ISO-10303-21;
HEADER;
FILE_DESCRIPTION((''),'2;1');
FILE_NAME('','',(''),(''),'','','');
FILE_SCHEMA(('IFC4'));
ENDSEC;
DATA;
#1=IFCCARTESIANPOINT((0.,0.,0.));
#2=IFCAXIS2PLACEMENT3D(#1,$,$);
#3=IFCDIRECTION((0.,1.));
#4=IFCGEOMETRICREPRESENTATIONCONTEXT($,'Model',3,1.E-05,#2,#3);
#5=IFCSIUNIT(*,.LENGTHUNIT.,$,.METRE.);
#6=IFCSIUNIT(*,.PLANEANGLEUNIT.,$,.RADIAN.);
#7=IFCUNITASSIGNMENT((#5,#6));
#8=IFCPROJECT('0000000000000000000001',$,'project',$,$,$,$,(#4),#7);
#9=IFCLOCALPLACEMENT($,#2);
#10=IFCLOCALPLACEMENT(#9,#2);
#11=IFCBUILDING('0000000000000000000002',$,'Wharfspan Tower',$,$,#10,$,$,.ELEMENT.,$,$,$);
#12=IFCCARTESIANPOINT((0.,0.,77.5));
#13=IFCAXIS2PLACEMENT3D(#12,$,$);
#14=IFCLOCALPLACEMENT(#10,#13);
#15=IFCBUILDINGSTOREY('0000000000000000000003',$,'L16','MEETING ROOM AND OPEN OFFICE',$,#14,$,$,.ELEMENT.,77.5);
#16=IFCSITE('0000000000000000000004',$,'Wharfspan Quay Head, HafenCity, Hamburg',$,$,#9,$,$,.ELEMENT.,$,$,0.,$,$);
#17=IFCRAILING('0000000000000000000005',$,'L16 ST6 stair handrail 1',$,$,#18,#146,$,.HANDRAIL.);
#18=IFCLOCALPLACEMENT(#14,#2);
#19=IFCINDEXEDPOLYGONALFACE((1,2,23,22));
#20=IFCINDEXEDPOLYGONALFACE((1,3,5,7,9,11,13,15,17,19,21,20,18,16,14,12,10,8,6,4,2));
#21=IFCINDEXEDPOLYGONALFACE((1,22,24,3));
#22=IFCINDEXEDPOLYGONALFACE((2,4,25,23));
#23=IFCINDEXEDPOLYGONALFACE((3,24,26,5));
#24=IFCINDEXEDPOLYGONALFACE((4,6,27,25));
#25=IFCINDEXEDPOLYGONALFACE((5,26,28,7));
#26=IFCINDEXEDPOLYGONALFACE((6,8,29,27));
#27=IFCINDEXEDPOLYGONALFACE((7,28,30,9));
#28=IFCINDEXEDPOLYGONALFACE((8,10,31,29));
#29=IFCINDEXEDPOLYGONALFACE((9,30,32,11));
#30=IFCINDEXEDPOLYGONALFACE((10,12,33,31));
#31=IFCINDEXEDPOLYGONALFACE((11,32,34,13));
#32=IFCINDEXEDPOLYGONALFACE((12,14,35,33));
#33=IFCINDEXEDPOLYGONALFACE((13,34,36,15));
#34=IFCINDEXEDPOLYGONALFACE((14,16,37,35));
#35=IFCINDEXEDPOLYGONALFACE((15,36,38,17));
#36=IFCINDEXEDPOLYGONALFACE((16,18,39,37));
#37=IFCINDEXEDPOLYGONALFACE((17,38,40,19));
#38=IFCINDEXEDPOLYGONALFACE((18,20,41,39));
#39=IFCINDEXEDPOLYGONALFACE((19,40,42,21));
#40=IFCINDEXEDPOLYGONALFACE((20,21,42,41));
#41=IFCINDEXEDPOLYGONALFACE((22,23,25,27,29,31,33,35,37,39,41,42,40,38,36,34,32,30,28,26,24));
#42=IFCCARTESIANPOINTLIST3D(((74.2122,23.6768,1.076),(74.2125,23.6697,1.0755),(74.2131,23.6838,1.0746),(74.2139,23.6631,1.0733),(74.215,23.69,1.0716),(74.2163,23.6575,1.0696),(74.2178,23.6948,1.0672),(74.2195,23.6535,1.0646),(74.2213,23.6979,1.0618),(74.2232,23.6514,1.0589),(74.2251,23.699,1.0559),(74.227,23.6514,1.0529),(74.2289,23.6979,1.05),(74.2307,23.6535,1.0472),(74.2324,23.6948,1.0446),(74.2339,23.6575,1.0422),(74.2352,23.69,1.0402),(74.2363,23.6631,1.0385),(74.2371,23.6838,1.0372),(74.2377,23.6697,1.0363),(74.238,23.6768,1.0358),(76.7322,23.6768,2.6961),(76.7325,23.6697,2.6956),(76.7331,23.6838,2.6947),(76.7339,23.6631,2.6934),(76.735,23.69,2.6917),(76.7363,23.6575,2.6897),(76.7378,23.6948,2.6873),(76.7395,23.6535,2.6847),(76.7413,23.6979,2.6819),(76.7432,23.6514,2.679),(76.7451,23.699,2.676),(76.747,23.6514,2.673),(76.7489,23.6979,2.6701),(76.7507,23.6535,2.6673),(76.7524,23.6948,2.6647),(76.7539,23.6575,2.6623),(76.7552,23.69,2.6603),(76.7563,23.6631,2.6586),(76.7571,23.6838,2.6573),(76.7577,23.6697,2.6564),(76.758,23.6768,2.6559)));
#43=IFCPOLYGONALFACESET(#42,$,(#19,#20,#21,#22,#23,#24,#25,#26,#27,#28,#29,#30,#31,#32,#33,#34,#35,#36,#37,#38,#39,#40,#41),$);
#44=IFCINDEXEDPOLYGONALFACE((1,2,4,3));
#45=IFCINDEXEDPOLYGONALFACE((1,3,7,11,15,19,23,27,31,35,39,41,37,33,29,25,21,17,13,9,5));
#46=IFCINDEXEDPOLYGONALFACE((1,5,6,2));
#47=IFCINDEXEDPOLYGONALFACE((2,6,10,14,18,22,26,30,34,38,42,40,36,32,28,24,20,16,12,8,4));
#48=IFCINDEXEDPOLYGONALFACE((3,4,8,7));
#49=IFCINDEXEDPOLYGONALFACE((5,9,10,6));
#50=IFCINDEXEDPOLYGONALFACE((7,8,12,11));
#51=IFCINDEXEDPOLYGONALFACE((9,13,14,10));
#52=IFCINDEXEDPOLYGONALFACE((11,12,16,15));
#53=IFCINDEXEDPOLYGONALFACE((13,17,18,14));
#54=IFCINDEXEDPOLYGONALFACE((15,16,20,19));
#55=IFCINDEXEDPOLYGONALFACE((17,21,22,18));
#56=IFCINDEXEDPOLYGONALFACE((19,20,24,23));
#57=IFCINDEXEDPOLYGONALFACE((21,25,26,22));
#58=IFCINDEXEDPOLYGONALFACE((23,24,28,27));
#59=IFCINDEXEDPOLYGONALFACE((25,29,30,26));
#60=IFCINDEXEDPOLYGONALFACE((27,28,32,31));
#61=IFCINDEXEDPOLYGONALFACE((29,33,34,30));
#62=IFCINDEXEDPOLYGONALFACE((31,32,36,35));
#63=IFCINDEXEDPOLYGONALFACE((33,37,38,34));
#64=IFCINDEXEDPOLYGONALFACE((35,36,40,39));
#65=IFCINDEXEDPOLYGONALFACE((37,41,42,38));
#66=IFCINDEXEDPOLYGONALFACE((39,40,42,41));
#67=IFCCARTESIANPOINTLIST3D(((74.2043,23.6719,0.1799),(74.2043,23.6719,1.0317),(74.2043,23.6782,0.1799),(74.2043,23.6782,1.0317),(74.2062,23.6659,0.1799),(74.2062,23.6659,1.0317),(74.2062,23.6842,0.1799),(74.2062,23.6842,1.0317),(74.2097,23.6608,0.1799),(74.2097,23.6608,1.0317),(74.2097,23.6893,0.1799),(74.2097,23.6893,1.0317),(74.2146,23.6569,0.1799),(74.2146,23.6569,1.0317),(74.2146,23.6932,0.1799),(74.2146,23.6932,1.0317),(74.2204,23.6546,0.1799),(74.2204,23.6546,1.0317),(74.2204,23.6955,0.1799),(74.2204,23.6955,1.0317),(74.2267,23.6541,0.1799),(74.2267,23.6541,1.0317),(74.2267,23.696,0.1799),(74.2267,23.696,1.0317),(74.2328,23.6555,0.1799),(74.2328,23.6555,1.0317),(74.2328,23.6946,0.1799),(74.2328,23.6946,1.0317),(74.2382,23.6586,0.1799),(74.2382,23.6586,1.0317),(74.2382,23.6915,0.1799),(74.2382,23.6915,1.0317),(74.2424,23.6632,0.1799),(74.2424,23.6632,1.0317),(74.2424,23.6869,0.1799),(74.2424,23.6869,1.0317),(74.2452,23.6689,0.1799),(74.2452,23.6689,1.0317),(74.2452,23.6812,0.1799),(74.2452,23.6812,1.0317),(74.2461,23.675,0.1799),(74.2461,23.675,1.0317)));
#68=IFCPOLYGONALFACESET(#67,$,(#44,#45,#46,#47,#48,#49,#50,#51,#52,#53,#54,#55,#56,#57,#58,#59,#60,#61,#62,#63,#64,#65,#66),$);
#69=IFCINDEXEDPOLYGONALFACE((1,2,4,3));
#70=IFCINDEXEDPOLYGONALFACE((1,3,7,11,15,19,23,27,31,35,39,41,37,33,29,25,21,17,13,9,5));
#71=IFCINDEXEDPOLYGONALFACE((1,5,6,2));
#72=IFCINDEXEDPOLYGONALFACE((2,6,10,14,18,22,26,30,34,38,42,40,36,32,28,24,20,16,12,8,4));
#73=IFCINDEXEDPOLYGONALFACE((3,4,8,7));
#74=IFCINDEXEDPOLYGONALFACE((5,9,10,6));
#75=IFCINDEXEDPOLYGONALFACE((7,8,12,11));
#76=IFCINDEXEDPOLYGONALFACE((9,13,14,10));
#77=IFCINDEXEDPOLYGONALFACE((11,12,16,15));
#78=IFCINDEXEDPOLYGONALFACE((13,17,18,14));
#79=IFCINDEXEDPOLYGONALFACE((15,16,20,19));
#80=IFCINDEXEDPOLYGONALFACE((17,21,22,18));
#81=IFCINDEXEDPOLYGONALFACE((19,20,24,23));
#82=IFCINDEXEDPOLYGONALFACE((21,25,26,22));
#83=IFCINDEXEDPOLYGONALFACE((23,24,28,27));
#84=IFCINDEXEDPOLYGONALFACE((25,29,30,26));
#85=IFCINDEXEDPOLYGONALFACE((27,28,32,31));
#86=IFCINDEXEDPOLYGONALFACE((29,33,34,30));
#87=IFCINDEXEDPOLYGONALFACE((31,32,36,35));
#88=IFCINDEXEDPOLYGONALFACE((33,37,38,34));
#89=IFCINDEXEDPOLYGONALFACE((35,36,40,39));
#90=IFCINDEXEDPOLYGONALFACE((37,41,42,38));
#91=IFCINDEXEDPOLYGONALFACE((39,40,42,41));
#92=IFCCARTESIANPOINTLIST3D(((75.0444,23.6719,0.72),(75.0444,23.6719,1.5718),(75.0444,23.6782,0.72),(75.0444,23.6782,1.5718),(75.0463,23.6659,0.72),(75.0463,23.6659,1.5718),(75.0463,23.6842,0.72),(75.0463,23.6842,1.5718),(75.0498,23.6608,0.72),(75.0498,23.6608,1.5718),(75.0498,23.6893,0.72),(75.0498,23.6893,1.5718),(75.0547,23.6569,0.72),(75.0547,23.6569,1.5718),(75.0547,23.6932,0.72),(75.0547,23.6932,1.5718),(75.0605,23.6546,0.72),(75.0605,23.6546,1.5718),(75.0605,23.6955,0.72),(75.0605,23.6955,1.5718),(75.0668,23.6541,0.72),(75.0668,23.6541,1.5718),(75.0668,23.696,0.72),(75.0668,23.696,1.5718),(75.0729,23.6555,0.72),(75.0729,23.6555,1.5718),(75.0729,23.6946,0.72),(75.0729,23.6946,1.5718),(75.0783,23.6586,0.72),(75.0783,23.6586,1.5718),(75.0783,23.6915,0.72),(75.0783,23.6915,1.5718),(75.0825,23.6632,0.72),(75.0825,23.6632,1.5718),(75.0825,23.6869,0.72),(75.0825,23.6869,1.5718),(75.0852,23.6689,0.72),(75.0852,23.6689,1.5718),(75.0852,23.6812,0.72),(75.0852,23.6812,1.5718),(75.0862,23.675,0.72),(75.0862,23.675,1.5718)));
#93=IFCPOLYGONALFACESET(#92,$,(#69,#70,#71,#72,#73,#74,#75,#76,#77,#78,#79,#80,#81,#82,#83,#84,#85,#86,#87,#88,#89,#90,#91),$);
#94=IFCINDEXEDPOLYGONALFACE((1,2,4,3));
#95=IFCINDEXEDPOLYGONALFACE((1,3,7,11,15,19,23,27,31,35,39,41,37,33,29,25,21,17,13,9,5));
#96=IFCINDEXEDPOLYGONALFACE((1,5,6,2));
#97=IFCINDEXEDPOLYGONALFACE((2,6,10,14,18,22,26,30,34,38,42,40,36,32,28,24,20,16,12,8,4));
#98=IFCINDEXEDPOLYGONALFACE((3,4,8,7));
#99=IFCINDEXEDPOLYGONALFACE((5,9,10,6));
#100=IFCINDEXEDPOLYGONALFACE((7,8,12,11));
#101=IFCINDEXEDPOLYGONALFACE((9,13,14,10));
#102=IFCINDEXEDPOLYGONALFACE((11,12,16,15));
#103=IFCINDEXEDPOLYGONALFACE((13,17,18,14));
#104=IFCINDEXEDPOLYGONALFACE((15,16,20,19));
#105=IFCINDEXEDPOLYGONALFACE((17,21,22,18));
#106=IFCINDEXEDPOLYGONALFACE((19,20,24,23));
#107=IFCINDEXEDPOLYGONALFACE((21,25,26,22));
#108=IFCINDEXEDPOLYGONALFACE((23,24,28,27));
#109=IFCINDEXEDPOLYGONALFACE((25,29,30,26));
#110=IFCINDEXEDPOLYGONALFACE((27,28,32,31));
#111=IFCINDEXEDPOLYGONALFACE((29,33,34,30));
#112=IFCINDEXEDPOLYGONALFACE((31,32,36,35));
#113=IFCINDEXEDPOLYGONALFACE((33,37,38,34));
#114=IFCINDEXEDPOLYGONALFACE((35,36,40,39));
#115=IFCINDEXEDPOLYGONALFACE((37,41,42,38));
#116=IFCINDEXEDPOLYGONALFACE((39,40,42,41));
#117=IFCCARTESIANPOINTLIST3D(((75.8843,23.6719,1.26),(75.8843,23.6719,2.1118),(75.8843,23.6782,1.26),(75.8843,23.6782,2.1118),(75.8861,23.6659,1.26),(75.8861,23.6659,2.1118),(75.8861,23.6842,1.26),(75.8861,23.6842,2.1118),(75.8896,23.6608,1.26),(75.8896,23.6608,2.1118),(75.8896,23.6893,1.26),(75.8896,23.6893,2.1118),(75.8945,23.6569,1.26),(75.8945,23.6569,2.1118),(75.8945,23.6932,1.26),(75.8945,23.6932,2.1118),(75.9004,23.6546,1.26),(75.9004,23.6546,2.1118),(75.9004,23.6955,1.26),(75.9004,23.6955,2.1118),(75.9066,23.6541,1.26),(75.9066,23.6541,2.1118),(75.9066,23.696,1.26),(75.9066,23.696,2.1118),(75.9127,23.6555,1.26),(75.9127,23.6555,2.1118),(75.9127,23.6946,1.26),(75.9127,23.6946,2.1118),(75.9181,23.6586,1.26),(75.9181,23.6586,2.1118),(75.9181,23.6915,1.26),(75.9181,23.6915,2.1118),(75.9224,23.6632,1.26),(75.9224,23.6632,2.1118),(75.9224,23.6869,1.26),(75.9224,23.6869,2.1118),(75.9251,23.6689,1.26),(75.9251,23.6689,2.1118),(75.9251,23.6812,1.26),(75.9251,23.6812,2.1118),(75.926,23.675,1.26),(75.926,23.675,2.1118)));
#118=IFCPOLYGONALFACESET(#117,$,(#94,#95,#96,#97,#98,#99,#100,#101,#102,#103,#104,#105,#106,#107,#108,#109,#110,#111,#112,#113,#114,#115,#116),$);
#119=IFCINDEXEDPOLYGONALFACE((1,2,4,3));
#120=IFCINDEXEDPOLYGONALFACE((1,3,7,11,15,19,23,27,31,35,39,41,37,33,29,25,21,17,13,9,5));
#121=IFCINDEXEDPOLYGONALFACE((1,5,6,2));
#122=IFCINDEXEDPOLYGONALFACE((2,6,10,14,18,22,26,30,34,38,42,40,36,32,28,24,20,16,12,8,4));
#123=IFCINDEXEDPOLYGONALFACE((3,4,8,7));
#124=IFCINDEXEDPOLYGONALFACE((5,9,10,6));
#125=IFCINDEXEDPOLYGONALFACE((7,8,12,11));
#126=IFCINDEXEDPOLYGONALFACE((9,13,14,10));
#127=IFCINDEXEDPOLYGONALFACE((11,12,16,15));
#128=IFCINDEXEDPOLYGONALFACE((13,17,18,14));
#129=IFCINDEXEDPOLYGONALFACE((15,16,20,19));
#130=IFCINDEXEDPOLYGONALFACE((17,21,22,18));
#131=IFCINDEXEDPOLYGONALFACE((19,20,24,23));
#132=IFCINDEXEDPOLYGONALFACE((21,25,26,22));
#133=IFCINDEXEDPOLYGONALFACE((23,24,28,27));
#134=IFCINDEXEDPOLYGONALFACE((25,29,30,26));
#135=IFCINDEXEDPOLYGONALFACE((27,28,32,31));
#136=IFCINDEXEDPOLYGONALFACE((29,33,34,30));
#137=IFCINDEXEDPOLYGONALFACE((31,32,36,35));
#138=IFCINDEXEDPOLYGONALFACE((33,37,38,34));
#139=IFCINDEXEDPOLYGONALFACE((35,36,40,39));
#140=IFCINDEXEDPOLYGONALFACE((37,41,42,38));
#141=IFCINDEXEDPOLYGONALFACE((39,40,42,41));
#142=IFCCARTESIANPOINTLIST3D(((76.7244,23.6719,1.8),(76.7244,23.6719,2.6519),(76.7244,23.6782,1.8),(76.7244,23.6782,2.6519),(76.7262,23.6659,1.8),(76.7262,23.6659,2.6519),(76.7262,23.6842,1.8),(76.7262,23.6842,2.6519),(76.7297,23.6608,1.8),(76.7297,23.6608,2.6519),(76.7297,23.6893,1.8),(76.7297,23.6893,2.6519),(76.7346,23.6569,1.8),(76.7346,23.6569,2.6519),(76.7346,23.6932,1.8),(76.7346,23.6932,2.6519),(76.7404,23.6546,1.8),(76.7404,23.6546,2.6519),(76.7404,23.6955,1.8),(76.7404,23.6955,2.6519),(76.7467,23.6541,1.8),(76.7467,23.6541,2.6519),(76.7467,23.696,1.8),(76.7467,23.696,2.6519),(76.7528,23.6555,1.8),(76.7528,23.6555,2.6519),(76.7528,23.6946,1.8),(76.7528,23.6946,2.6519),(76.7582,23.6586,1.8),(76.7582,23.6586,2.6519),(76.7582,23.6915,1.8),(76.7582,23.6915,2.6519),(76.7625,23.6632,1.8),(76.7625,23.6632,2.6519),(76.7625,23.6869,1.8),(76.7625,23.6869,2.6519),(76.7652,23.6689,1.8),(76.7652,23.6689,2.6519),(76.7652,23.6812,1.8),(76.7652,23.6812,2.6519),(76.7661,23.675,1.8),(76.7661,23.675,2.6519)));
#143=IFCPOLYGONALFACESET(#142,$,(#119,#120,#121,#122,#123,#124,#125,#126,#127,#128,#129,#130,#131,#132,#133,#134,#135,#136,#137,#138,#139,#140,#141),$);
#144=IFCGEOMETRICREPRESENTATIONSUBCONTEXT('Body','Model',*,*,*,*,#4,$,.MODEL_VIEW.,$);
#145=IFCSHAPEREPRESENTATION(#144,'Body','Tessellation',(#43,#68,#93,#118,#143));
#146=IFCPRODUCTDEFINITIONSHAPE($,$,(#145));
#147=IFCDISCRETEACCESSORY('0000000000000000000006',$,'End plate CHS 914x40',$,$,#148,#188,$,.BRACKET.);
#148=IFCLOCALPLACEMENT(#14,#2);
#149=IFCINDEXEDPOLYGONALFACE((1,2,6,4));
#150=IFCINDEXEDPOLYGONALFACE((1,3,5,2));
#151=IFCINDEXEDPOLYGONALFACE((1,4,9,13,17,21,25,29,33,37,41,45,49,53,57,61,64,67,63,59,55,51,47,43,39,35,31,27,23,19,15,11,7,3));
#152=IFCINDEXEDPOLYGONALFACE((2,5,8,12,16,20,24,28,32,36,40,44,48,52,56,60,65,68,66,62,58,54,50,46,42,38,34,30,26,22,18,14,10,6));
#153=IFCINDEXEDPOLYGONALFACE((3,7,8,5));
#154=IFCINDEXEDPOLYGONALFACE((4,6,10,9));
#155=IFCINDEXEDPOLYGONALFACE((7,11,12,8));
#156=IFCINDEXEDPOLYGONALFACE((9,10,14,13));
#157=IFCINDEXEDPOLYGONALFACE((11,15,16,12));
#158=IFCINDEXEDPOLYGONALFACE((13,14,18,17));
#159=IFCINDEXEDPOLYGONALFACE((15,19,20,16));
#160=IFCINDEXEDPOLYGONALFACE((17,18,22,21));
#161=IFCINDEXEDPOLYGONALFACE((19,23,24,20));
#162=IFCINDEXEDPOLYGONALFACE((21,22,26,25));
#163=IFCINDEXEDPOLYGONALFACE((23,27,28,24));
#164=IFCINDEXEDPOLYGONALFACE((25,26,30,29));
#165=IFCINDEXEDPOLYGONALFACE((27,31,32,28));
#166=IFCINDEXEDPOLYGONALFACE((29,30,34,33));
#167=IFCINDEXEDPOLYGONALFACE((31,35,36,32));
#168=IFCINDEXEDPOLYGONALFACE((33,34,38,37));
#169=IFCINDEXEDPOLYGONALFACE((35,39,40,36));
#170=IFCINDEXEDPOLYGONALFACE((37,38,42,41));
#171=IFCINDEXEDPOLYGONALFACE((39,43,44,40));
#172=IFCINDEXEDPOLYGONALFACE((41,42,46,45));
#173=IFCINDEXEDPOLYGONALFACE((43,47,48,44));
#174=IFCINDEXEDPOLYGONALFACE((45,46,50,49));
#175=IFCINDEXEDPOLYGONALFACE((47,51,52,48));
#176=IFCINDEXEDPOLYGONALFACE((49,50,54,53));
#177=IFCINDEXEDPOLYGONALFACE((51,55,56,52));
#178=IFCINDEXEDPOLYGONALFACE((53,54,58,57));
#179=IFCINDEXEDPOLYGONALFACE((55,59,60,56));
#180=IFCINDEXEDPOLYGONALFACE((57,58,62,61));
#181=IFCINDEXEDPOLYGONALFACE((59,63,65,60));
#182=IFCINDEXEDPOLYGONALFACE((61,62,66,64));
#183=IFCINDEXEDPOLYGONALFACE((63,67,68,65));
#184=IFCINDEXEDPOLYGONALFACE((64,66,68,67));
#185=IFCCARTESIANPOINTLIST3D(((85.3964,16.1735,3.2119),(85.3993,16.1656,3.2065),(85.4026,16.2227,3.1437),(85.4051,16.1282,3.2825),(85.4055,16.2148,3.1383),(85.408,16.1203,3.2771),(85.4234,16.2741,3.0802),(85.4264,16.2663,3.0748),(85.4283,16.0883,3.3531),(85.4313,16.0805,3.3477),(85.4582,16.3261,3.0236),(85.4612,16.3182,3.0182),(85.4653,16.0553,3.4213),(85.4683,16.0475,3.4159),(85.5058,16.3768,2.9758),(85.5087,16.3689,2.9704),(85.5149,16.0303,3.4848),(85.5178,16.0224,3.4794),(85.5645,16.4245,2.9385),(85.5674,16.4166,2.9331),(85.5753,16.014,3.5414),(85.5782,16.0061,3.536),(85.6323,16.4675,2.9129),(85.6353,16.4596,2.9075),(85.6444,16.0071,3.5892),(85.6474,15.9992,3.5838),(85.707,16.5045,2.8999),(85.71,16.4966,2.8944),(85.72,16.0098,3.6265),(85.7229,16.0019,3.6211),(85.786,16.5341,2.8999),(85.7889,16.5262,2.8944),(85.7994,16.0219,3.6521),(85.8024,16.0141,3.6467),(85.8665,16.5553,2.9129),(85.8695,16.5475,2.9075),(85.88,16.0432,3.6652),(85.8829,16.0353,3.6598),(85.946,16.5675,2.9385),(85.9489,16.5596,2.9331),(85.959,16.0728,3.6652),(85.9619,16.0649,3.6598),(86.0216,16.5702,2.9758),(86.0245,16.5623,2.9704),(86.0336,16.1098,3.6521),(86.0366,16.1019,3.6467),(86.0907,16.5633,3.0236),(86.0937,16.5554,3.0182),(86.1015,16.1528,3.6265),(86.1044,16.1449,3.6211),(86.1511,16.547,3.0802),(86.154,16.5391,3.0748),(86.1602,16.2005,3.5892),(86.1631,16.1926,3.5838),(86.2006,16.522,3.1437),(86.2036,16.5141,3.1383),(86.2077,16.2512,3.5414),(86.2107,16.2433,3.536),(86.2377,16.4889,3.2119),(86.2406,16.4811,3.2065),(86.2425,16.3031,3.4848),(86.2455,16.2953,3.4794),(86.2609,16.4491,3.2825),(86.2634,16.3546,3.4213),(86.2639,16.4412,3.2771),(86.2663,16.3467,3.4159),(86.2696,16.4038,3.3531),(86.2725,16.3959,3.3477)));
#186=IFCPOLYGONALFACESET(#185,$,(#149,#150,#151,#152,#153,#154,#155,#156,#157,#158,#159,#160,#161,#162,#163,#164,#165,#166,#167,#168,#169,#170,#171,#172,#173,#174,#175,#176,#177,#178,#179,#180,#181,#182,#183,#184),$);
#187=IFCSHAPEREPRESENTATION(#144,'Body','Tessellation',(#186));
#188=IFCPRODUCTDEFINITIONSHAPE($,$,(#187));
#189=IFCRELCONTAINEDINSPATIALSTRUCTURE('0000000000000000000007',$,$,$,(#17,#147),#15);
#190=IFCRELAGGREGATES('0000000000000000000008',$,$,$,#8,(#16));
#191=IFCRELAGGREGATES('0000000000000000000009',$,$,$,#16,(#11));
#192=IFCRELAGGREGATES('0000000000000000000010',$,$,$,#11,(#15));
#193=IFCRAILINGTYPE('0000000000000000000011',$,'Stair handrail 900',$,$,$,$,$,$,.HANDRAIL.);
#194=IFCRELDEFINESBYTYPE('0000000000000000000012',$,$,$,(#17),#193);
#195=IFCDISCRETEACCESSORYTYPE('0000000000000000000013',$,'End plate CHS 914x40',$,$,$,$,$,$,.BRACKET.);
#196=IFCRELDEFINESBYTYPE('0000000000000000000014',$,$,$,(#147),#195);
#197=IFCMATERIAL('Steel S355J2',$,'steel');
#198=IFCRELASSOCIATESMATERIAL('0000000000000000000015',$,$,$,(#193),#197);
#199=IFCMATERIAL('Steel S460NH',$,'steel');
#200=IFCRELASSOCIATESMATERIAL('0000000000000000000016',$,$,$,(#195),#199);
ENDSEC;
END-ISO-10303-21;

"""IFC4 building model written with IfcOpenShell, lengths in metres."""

from ifc_helpers import new_model, si_unit, direction, frame, origin, origin_2d, place, context, subcontext, project, spatial, circle, extrude, material, material_profile, profile_set, type_object, element, save


model = new_model("IFC4")

# Units and contexts
model_context = context("Model", 3, precision=1e-05, world=origin(), true_north=direction((0.0, 1.0)))
body_context = subcontext(model_context, "Body", "Model", "MODEL_VIEW")
ifc_project = project(units=[si_unit("LENGTHUNIT", "METRE"), si_unit("PLANEANGLEUNIT", "RADIAN")], contexts=[model_context])

# Site, building, storey
site_placement = place(None, origin())
site = spatial("IfcSite", under=ifc_project, at=site_placement, Name="Wharfspan Quay Head, HafenCity, Hamburg", CompositionType="ELEMENT", RefElevation=0.0)
building_placement = place(site_placement, origin())
building = spatial("IfcBuilding", under=site, at=building_placement, Name="Wharfspan Tower", CompositionType="ELEMENT")
storey_placement = place(building_placement, frame((0.0, 0.0, 77.5)))
storey = spatial("IfcBuildingStorey", under=building, at=storey_placement, Name="L16", Description="MEETING ROOM AND OPEN OFFICE", CompositionType="ELEMENT", Elevation=77.5)

# Shared definitions
ifc_material_1 = material(Name="Steel S355J2", Category="steel")

# Shared definitions
ifc_material_2 = material(Name="Steel S460NH", Category="steel")

# Railing
railing_type_1 = type_object("IfcRailingType", Name="Stair handrail 900", PredefinedType="HANDRAIL", material=ifc_material_1)
railing_1_placement = place(storey_placement, frame((74.2251, 23.675, 0.1799)))
element("IfcRailing", 1, at=railing_1_placement, inside=storey, type_object=railing_type_1, Name="L16 ST6 stair handrail 1", PredefinedType="HANDRAIL", context=body_context, shape_type="SweptSolid", body=[
    extrude(circle(Radius=0.0239, at=origin_2d()), frame((0.0, 0.0, 0.876), z_axis=(0.841163, 0.0, 0.540782), x_axis=(0.0, 1.0, 0.0)), (0.0, 0.0, 1.0), 2.9958),
    extrude(circle(Radius=0.021, at=origin_2d()), origin(), (0.0, 0.0, 1.0), 0.8518),
    extrude(circle(Radius=0.021, at=origin_2d()), frame((0.8401, 0.0, 0.54)), (0.0, 0.0, 1.0), 0.8518),
    extrude(circle(Radius=0.021, at=origin_2d()), frame((1.6799, 0.0, 1.0801)), (0.0, 0.0, 1.0), 0.8518),
    extrude(circle(Radius=0.021, at=origin_2d()), frame((2.52, 0.0, 1.6201)), (0.0, 0.0, 1.0), 0.8518),
])

# Discrete accessory
ifc_material_profile_1 = material_profile(ifc_material_2, circle(Radius=0.457, at=origin_2d()))
ifc_profile_set_1 = profile_set([ifc_material_profile_1], Name="Steel S460NH")
discrete_accessory_type = type_object("IfcDiscreteAccessoryType", Name="End plate CHS 914x40", PredefinedType="BRACKET", material=ifc_profile_set_1)
for number, where, z_axis, x_axis, name in (
    (2, (85.8359, 16.2808, 3.2771), (-0.295241, 0.787309, 0.541275), (-0.936333, -0.351125, 0.0), "End plate CHS 914x40"),
):
    element("IfcDiscreteAccessory", number, at=place(storey_placement, frame(where, z_axis=z_axis, x_axis=x_axis)), inside=storey, type_object=discrete_accessory_type, Name=name, PredefinedType="BRACKET", context=body_context, shape_type="SweptSolid", body=[
        extrude(circle(Radius=0.457, at=origin_2d()), origin(), (0.0, 0.0, 1.0), 0.01),
    ])

save(model, "model.ifc")
